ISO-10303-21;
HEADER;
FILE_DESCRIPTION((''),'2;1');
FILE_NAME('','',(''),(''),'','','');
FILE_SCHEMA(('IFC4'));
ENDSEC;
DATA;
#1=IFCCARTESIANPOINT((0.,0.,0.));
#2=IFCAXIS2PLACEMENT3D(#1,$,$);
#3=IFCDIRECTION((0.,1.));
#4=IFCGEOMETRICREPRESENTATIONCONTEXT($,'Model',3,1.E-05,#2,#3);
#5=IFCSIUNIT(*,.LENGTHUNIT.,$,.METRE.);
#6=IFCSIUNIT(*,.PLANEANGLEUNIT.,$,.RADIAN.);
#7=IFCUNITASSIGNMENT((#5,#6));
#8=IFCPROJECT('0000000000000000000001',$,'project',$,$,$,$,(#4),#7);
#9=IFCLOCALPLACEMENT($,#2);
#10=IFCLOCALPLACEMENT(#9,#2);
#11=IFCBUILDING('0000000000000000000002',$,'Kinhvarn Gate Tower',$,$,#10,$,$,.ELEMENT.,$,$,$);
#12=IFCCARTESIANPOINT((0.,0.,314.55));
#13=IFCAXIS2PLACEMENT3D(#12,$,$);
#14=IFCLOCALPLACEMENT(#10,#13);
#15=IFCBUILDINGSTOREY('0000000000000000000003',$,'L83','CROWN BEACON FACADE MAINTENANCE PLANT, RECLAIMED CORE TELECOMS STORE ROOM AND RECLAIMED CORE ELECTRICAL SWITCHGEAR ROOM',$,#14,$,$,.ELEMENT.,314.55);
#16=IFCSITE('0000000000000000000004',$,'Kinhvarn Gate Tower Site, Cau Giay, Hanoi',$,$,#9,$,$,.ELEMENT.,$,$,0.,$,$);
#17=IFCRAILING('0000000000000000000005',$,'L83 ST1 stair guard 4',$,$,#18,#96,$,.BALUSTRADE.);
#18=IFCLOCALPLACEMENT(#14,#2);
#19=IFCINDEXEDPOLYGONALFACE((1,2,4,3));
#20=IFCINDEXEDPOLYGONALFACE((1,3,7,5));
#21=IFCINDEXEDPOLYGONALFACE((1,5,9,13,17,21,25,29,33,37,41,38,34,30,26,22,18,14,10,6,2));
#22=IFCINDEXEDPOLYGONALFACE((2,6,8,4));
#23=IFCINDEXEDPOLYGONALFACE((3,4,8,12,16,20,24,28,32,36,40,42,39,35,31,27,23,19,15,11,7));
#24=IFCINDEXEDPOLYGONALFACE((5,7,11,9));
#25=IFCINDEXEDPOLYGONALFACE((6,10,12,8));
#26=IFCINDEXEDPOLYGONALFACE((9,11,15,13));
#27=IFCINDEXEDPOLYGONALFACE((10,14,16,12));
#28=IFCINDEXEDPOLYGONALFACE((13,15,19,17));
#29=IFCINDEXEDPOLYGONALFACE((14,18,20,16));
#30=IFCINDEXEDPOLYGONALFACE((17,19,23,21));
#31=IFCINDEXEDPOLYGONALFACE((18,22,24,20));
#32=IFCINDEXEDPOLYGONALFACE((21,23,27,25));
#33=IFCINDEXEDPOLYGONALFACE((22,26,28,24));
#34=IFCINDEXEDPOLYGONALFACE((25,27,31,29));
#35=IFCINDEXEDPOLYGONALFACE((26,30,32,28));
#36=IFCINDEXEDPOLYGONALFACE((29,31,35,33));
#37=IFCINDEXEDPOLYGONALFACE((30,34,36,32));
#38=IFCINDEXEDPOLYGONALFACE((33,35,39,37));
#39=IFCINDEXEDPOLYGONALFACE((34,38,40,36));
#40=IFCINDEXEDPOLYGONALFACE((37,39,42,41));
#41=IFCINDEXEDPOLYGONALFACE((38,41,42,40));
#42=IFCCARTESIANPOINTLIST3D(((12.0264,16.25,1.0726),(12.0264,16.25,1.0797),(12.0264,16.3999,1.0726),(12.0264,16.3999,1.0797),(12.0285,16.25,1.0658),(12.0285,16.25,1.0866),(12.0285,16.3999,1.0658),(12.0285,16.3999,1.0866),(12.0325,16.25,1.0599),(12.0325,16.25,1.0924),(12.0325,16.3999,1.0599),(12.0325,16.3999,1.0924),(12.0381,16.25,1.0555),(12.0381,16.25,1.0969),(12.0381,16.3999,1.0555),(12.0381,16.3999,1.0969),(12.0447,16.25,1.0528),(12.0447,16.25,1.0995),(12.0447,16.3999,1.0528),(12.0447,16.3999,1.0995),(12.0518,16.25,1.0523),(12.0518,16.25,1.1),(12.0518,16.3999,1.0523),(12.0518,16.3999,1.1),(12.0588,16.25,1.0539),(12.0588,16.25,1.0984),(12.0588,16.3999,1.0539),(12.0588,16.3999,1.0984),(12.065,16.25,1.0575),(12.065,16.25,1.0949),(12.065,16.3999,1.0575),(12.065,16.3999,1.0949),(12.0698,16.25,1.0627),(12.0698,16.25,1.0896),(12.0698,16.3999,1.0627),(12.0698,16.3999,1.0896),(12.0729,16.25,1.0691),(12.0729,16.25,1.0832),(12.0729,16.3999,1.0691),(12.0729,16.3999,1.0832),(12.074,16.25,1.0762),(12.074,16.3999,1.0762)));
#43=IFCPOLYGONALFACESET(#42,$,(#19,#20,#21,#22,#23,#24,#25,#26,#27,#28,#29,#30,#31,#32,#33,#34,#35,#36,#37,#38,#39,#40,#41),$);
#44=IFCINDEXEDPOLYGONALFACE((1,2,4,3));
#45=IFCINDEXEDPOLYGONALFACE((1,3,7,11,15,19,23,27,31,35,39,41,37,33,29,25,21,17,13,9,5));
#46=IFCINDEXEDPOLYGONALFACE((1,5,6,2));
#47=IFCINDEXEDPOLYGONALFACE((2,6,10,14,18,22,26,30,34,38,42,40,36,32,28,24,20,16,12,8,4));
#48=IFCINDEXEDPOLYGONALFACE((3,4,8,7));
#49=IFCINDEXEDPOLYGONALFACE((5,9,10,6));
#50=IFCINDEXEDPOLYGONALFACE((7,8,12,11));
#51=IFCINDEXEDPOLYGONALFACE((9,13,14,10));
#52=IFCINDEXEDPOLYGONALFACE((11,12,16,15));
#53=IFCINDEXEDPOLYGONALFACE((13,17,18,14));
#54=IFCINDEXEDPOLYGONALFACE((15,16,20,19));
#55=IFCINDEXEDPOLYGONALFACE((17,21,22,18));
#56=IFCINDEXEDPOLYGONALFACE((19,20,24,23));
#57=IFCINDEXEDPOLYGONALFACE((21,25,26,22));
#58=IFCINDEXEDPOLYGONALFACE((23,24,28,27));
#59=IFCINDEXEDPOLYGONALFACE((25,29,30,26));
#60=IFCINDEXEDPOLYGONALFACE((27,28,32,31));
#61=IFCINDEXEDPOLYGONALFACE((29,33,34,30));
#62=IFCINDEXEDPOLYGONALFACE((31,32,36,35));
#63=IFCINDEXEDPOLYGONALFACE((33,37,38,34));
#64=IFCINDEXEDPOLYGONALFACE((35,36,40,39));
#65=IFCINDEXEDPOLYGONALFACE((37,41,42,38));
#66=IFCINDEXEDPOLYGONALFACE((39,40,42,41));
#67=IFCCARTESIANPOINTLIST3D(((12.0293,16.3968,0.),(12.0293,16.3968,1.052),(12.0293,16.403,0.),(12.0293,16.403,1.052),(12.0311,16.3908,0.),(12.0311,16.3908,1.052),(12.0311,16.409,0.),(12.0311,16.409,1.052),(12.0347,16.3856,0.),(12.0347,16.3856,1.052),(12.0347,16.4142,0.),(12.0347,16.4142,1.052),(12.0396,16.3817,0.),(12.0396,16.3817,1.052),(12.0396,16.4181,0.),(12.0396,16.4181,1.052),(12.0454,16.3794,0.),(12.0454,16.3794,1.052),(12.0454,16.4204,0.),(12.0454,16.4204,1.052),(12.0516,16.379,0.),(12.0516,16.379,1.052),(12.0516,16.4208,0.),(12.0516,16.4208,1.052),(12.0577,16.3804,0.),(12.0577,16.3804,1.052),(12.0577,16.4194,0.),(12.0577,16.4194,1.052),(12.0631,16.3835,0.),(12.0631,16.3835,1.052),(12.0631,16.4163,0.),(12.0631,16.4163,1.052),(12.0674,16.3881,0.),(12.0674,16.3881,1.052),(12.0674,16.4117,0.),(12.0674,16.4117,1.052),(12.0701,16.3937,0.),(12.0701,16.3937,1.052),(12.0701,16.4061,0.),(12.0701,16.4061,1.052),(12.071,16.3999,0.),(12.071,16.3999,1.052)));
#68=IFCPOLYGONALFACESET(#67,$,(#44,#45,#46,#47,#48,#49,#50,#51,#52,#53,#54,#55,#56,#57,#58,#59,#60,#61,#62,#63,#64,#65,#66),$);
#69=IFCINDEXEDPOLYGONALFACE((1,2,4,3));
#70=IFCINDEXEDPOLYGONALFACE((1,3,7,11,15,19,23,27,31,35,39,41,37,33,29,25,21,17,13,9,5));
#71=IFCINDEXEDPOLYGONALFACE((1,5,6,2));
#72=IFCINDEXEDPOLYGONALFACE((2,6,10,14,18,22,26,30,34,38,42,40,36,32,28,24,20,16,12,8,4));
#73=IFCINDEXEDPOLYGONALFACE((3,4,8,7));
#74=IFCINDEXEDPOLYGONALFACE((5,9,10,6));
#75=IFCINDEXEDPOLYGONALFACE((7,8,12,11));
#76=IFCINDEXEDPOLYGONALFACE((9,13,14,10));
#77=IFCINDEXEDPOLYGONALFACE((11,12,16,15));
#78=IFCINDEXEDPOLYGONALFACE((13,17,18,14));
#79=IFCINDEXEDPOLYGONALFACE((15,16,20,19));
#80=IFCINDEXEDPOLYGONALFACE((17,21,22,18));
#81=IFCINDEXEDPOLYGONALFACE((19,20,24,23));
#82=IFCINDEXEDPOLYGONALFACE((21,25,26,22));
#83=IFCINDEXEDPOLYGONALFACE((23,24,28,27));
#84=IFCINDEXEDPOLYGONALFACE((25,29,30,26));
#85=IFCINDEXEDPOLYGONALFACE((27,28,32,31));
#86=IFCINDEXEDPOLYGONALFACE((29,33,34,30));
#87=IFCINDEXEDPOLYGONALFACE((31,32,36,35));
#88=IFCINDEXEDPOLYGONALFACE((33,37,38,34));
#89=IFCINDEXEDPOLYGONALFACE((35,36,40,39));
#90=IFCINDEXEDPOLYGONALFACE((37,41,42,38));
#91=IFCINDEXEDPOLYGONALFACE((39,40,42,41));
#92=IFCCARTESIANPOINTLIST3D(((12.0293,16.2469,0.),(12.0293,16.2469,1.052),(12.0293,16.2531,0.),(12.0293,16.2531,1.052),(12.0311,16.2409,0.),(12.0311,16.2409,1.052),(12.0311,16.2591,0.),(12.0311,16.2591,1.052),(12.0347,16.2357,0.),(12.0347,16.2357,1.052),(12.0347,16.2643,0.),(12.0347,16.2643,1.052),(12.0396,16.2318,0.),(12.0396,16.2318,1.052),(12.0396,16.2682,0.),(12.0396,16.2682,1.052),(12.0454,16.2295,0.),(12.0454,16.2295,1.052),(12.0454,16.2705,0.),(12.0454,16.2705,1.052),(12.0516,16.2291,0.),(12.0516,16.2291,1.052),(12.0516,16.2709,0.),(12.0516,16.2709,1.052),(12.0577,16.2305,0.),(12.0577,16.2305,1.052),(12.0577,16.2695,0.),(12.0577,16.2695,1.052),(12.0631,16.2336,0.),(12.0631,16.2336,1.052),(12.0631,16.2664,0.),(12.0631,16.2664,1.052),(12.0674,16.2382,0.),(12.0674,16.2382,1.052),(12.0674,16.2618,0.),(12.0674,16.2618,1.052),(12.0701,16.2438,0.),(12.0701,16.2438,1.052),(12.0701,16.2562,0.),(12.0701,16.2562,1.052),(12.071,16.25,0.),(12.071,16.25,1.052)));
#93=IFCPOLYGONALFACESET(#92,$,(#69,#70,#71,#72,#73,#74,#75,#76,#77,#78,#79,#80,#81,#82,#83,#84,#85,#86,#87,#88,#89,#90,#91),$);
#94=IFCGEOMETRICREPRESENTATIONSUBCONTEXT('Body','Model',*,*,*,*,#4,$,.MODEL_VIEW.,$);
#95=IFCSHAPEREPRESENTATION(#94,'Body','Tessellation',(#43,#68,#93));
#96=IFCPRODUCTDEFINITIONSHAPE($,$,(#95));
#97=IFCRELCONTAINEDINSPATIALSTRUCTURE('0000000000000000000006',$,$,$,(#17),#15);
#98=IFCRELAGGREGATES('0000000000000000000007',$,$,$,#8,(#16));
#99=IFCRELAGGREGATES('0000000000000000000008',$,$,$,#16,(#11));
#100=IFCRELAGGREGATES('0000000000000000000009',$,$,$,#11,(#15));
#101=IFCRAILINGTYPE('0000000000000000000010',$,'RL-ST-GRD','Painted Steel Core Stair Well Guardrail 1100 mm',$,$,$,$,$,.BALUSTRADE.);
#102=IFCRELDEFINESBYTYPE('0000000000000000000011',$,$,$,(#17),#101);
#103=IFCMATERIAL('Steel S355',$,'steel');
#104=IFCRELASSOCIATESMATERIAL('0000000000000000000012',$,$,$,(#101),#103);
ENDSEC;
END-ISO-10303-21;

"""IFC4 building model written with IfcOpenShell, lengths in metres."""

from ifc_helpers import new_model, si_unit, direction, frame, origin, origin_2d, place, context, subcontext, project, spatial, circle, extrude, material, type_object, element, save


model = new_model("IFC4")

# Units and contexts
model_context = context("Model", 3, precision=1e-05, world=origin(), true_north=direction((0.0, 1.0)))
body_context = subcontext(model_context, "Body", "Model", "MODEL_VIEW")
ifc_project = project(units=[si_unit("LENGTHUNIT", "METRE"), si_unit("PLANEANGLEUNIT", "RADIAN")], contexts=[model_context])

# Site, building, storey
site_placement = place(None, origin())
site = spatial("IfcSite", under=ifc_project, at=site_placement, Name="Kinhvarn Gate Tower Site, Cau Giay, Hanoi", CompositionType="ELEMENT", RefElevation=0.0)
building_placement = place(site_placement, origin())
building = spatial("IfcBuilding", under=site, at=building_placement, Name="Kinhvarn Gate Tower", CompositionType="ELEMENT")
storey_placement = place(building_placement, frame((0.0, 0.0, 314.55)))
storey = spatial("IfcBuildingStorey", under=building, at=storey_placement, Name="L83", Description="CROWN BEACON FACADE MAINTENANCE PLANT, RECLAIMED CORE TELECOMS STORE ROOM AND RECLAIMED CORE ELECTRICAL SWITCHGEAR ROOM", CompositionType="ELEMENT", Elevation=314.55)

# Railing
ifc_material_1 = material(Name="Steel S355", Category="steel")
railing_type_1 = type_object("IfcRailingType", Name="RL-ST-GRD", Description="Painted Steel Core Stair Well Guardrail 1100 mm", PredefinedType="BALUSTRADE", material=ifc_material_1)
railing_1_placement = place(storey_placement, frame((12.05, 16.3999, 0.0)))
element("IfcRailing", 1, at=railing_1_placement, inside=storey, type_object=railing_type_1, Name="L83 ST1 stair guard 4", PredefinedType="BALUSTRADE", context=body_context, shape_type="SweptSolid", body=[
    extrude(circle(Radius=0.0239, at=origin_2d()), frame((0.0, 0.0, 1.0762), z_axis=(0.0, -1.0, 0.0), x_axis=(1.0, 0.0, 0.0)), (0.0, 0.0, 1.0), 0.1499),
    extrude(circle(Radius=0.021, at=origin_2d()), origin(), (0.0, 0.0, 1.0), 1.052),
    extrude(circle(Radius=0.021, at=origin_2d()), frame((0.0, -0.1499, 0.0)), (0.0, 0.0, 1.0), 1.052),
])

save(model, "model.ifc")
